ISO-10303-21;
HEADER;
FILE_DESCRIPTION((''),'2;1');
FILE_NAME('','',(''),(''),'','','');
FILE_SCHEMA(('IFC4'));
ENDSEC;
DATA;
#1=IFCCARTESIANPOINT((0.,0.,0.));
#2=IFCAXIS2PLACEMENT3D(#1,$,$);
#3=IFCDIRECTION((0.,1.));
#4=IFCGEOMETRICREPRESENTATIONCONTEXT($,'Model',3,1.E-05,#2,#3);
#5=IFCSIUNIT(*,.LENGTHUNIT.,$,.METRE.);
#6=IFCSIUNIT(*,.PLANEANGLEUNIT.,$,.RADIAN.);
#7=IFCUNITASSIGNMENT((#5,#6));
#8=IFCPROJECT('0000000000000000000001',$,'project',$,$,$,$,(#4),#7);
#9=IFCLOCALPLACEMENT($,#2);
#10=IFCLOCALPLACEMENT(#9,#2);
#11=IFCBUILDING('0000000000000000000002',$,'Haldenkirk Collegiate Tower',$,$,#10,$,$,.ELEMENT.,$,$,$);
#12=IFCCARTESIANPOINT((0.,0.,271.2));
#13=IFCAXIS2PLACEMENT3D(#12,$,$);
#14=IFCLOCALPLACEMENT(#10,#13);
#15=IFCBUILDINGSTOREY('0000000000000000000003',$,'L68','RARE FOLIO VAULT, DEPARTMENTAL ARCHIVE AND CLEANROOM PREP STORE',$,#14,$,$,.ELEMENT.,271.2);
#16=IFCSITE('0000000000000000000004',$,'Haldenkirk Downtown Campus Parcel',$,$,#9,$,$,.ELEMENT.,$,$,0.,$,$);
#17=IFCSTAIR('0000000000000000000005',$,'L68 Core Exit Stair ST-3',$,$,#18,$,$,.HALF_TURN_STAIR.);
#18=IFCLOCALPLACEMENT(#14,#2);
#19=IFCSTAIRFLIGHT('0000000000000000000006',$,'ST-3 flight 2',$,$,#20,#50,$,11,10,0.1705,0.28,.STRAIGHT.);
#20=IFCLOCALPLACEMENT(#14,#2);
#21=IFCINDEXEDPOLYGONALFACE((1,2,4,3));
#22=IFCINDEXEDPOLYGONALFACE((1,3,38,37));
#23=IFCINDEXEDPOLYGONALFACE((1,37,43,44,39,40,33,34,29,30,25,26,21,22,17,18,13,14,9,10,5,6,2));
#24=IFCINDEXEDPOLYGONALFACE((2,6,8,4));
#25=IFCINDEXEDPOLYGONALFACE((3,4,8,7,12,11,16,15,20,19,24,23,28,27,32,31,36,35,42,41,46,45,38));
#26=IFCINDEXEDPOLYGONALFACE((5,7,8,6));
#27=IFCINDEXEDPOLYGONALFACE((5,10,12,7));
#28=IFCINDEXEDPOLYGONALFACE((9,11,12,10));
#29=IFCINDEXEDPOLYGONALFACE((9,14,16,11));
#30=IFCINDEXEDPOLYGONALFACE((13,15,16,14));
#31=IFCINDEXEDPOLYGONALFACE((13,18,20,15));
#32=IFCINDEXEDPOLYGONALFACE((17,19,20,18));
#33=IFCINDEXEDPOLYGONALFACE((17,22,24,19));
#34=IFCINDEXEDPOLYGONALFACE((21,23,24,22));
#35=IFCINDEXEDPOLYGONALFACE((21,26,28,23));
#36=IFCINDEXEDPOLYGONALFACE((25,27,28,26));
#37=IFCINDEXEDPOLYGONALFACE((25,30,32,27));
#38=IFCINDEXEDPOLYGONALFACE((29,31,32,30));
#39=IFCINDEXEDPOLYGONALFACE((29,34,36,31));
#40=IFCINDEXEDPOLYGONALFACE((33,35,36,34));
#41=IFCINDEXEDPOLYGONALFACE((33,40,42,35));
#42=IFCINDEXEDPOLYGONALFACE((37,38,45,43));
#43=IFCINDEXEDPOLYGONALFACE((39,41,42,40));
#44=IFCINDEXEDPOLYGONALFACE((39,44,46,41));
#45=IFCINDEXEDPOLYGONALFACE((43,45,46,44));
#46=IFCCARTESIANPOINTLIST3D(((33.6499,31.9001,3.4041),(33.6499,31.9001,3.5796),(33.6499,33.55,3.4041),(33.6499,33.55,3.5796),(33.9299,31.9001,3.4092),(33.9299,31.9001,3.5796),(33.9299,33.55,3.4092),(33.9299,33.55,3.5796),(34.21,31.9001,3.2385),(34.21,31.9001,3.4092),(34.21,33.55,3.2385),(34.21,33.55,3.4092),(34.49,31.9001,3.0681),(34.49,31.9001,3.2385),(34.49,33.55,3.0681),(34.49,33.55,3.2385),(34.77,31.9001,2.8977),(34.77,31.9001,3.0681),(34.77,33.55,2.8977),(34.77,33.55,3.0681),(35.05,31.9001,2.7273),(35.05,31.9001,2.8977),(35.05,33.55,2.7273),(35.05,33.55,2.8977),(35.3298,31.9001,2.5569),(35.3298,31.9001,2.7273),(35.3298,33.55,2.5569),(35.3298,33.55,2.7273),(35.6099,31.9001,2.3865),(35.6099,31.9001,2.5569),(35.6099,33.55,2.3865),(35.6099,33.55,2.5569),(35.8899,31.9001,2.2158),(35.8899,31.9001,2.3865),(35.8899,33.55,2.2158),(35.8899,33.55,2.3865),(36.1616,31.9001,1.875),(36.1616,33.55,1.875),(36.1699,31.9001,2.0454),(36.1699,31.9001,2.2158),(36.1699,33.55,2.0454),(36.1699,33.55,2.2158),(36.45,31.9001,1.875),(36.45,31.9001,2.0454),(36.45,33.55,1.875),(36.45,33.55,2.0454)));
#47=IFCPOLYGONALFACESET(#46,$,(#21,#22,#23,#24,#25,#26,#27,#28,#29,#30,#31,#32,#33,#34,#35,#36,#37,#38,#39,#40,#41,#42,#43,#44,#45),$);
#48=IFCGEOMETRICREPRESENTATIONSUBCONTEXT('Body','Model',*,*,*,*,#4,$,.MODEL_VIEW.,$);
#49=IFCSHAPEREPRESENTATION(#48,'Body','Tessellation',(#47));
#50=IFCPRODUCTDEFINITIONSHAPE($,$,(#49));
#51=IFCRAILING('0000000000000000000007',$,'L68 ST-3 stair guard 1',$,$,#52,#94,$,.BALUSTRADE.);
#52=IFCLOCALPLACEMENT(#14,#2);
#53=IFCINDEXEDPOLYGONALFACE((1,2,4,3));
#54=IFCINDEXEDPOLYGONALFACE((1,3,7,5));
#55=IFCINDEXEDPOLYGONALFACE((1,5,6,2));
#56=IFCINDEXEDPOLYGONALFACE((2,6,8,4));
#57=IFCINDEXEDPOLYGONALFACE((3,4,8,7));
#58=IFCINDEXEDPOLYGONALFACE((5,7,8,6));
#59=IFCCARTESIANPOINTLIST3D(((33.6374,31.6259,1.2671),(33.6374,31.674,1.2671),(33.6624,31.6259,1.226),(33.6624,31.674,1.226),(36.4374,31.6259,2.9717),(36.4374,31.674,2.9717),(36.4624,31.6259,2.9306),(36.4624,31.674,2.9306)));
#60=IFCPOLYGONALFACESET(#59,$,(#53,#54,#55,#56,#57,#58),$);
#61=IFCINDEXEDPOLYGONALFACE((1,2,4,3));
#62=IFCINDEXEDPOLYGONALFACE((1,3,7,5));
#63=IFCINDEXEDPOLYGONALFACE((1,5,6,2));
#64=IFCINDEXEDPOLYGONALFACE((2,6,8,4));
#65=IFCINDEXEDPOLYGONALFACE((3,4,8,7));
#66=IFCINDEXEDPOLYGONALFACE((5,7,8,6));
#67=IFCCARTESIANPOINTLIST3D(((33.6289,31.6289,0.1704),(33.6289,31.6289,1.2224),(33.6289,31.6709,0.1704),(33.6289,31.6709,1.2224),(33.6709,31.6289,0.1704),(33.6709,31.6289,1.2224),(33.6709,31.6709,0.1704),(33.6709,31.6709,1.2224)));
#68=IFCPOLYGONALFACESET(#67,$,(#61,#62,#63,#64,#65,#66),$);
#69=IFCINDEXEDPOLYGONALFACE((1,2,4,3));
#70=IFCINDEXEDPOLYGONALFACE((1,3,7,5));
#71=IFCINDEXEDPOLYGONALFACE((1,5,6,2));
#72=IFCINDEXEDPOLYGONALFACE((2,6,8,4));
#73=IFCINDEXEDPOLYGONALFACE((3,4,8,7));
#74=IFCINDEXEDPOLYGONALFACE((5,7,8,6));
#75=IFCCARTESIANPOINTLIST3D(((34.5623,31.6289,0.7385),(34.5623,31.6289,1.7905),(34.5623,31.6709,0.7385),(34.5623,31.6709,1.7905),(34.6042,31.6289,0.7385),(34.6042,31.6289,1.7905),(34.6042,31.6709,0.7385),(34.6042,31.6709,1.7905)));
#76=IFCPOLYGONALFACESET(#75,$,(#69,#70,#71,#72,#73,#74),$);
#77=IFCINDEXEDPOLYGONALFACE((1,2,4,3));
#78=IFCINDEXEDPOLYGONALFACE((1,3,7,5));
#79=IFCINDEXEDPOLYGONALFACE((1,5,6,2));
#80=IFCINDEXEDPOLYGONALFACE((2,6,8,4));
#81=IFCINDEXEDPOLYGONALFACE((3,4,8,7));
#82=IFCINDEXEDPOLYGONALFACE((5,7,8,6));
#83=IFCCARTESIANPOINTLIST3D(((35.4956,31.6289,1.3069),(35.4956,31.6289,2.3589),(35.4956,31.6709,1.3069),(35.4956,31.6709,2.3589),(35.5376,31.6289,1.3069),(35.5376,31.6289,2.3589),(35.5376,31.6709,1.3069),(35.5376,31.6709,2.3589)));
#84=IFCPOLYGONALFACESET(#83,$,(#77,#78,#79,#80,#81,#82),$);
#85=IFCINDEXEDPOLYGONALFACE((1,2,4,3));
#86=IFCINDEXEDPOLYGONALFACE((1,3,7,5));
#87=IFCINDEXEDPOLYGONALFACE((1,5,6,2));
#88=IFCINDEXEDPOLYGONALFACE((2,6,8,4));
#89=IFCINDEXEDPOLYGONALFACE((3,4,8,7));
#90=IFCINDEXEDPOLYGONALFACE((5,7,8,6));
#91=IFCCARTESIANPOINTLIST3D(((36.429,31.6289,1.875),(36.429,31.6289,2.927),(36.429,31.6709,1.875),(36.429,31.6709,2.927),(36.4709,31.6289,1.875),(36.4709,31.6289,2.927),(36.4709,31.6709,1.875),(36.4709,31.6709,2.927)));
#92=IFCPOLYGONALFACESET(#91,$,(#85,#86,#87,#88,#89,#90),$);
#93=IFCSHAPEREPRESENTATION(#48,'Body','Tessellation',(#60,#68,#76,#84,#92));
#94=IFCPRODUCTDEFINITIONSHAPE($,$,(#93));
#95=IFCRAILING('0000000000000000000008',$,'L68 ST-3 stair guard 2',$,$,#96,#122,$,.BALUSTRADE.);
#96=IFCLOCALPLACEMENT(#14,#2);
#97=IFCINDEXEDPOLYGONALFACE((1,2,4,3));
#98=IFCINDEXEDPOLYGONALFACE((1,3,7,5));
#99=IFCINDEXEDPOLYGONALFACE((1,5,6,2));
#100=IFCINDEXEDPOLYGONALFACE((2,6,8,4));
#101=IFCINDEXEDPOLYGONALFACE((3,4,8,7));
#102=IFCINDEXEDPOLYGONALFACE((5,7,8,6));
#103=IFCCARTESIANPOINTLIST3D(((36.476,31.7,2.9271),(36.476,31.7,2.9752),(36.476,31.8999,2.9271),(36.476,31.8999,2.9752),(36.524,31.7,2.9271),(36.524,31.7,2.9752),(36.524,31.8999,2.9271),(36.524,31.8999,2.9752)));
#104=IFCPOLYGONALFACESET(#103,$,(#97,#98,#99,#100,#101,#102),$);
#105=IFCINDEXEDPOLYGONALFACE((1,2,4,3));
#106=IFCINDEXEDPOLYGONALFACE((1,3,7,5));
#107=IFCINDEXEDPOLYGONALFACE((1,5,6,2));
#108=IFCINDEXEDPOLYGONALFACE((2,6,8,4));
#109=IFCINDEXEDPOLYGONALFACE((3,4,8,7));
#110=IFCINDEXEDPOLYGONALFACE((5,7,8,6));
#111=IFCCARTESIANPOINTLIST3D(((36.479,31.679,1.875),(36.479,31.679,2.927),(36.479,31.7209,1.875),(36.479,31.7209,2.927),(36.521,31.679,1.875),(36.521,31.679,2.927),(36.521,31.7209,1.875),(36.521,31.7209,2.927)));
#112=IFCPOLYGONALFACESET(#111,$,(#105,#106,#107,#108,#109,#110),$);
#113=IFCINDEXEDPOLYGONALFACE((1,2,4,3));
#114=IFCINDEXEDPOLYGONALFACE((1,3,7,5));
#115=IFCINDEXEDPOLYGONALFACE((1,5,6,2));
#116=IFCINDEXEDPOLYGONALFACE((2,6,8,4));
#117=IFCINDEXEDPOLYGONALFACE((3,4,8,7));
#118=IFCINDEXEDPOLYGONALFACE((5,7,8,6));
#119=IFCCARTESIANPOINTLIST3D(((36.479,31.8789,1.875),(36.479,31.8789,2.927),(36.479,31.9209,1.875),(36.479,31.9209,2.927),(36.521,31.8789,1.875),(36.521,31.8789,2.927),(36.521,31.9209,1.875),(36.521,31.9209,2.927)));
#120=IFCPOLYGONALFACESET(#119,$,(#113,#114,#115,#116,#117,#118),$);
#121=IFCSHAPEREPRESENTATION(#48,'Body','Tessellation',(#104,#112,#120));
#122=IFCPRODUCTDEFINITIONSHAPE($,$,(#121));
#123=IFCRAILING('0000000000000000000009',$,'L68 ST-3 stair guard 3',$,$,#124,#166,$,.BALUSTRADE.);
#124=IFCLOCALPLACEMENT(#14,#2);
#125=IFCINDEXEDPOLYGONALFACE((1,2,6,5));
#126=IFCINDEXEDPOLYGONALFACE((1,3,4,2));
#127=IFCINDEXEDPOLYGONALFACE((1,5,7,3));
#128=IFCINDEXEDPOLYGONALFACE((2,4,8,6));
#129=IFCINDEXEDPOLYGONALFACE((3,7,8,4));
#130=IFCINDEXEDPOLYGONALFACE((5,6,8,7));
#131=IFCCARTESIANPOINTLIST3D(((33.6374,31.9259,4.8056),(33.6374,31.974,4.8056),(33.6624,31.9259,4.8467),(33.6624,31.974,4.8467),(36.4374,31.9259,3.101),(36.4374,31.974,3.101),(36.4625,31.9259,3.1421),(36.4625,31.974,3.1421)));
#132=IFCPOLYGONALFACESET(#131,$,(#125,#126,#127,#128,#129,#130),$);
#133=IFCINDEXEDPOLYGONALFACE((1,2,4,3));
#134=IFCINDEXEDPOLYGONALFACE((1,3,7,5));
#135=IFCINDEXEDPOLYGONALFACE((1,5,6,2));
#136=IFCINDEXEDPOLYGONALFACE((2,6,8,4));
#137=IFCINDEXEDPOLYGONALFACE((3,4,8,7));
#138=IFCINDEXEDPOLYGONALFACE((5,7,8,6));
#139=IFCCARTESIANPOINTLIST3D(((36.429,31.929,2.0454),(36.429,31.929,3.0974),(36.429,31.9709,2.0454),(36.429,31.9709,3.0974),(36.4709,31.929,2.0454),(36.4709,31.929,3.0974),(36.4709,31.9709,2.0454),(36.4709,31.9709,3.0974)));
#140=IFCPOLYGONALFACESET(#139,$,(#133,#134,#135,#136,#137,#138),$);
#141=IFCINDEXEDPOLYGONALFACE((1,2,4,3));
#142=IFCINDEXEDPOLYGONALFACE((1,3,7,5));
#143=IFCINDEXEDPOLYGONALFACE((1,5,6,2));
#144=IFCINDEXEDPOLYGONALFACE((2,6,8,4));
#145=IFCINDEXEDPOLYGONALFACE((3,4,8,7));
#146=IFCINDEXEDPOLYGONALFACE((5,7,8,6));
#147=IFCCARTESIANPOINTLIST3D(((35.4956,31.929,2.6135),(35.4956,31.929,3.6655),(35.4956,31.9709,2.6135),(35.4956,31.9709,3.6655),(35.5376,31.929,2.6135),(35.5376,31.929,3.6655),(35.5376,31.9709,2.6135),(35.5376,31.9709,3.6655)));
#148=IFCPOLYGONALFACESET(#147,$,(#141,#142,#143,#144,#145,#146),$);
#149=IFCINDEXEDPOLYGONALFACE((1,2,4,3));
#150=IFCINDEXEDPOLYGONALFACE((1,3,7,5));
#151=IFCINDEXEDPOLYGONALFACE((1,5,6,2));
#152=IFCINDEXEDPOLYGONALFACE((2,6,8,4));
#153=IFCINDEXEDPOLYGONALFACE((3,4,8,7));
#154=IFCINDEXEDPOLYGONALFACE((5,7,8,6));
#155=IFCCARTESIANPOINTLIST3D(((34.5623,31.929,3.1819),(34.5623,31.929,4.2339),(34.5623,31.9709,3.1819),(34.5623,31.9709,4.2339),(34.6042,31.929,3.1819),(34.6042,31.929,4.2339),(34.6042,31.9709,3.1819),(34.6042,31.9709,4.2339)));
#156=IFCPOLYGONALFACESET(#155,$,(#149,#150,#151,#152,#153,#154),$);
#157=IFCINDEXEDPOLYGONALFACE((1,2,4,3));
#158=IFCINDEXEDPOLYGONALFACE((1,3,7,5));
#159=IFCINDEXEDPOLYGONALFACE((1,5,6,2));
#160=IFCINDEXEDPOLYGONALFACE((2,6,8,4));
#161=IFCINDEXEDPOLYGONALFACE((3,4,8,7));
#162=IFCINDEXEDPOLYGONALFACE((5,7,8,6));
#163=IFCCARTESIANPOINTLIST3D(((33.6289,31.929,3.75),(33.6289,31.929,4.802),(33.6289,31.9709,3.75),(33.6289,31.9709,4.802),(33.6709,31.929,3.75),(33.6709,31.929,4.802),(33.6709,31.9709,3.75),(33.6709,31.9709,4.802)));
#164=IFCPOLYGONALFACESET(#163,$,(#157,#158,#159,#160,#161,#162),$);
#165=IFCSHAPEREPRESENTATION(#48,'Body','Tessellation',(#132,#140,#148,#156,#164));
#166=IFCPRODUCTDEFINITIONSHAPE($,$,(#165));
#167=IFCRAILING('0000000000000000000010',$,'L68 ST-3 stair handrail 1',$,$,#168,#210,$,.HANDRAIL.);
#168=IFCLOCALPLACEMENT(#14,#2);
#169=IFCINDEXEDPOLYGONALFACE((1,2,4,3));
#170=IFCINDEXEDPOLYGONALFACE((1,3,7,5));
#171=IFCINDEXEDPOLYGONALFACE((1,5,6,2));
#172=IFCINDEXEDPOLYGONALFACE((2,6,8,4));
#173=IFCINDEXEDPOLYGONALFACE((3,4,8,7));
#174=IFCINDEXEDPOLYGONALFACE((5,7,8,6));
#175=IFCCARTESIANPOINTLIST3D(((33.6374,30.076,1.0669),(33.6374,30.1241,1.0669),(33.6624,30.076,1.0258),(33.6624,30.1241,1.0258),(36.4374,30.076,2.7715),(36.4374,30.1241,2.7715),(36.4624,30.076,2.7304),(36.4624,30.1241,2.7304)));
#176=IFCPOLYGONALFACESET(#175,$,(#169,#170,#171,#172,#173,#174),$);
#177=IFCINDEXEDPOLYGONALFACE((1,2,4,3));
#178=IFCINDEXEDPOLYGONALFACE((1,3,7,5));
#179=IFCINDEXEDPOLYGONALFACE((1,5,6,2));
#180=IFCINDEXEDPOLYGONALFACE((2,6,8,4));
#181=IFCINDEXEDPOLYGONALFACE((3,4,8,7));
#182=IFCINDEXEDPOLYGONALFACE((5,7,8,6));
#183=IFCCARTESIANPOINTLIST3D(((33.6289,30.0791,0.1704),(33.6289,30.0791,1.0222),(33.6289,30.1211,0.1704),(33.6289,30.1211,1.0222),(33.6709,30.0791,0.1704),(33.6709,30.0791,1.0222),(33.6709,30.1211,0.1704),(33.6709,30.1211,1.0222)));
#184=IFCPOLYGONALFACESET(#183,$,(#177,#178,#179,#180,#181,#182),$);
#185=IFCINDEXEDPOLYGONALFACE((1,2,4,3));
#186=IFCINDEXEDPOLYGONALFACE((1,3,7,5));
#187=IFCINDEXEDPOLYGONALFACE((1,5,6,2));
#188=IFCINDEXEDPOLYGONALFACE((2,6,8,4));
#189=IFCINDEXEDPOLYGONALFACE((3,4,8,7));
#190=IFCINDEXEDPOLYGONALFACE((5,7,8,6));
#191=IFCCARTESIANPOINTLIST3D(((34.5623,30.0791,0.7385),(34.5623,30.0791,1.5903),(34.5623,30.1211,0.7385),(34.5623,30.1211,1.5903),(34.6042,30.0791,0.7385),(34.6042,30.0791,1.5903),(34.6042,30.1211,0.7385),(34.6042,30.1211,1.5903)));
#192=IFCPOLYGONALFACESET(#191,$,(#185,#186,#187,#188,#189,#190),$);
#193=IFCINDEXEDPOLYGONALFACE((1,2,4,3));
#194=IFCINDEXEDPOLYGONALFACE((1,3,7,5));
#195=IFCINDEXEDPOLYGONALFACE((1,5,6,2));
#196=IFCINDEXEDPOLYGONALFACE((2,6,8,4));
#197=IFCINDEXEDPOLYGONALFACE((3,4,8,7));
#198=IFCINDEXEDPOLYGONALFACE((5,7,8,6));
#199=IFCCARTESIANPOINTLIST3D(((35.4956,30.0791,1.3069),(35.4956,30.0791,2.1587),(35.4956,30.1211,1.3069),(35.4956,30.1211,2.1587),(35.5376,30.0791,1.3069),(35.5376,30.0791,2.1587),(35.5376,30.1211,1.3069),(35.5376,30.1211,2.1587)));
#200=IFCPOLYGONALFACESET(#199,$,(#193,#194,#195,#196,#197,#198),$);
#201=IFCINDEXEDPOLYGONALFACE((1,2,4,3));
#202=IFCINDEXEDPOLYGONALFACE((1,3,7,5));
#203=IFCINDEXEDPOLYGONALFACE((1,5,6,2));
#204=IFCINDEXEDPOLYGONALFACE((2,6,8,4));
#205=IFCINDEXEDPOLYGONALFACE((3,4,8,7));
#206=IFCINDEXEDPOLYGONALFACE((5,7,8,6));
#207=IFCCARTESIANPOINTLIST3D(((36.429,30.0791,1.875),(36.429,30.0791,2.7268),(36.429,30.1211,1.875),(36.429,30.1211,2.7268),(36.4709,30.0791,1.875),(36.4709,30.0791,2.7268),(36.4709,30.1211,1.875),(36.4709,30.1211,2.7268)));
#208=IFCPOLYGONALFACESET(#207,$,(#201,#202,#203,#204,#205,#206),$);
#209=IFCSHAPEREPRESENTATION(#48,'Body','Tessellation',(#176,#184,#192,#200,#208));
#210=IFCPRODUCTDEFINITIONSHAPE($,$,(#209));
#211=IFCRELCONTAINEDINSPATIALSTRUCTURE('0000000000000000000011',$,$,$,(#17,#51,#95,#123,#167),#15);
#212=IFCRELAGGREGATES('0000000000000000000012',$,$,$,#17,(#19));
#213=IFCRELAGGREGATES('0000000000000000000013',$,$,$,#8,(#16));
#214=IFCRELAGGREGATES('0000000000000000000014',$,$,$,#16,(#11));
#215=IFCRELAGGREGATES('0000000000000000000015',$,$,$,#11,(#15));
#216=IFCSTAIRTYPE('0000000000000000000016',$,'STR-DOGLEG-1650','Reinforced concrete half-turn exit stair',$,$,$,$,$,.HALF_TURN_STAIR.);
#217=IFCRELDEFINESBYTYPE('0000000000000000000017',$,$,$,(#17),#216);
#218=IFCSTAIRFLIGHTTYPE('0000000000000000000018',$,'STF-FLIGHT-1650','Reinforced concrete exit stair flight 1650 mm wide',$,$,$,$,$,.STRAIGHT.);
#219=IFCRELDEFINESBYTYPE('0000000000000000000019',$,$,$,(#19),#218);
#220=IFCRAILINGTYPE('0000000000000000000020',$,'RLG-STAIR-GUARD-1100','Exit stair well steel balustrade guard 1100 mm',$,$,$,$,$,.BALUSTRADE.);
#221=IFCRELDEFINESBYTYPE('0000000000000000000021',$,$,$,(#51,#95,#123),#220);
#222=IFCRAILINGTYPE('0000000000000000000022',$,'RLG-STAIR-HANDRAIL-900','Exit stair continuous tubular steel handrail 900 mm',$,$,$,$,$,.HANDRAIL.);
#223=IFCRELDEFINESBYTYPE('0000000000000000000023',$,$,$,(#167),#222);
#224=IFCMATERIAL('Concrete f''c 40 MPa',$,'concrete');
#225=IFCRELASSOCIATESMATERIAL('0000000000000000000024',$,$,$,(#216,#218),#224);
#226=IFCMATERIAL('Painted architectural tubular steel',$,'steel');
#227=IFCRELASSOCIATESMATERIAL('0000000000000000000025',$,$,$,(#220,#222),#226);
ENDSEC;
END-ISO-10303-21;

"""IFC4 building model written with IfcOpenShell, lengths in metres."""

from ifc_helpers import new_model, si_unit, direction, frame, origin, origin_2d, place, context, subcontext, project, spatial, polyline, rectangle, outline, extrude, material, type_object, element, aggregate, save


model = new_model("IFC4")

# Units and contexts
model_context = context("Model", 3, precision=1e-05, world=origin(), true_north=direction((0.0, 1.0)))
body_context = subcontext(model_context, "Body", "Model", "MODEL_VIEW")
ifc_project = project(units=[si_unit("LENGTHUNIT", "METRE"), si_unit("PLANEANGLEUNIT", "RADIAN")], contexts=[model_context])

# Site, building, storey
site_placement = place(None, origin())
site = spatial("IfcSite", under=ifc_project, at=site_placement, Name="Haldenkirk Downtown Campus Parcel", CompositionType="ELEMENT", RefElevation=0.0)
building_placement = place(site_placement, origin())
building = spatial("IfcBuilding", under=site, at=building_placement, Name="Haldenkirk Collegiate Tower", CompositionType="ELEMENT")
storey_placement = place(building_placement, frame((0.0, 0.0, 271.2)))
storey = spatial("IfcBuildingStorey", under=building, at=storey_placement, Name="L68", Description="RARE FOLIO VAULT, DEPARTMENTAL ARCHIVE AND CLEANROOM PREP STORE", CompositionType="ELEMENT", Elevation=271.2)

# Stair, stair flight
ifc_material_1 = material(Name="Concrete f'c 40 MPa", Category="concrete")
stair_type = type_object("IfcStairType", Name="STR-DOGLEG-1650", Description="Reinforced concrete half-turn exit stair", PredefinedType="HALF_TURN_STAIR", material=ifc_material_1)
stair_placement = place(storey_placement, origin())
stair = element("IfcStair", 1, at=stair_placement, inside=storey, type_object=stair_type, Name="L68 Core Exit Stair ST-3", PredefinedType="HALF_TURN_STAIR")
stair_flight_type = type_object("IfcStairFlightType", Name="STF-FLIGHT-1650", Description="Reinforced concrete exit stair flight 1650 mm wide", PredefinedType="STRAIGHT", material=ifc_material_1)
stair_flight_1_placement = place(storey_placement, frame((36.45, 32.7251, 1.875), z_axis=(0.0, 0.0, 1.0), x_axis=(-1.0, 0.0, 0.0)))
stair_flight_1 = element("IfcStairFlight", 2, at=stair_flight_1_placement, type_object=stair_flight_type, Name="ST-3 flight 2", NumberOfRisers=11, NumberOfTreads=10, PredefinedType="STRAIGHT", RiserHeight=0.1705, TreadLength=0.28, context=body_context, shape_type="SweptSolid", body=[
    extrude(outline(polyline([(0.0, 0.0), (0.0, 0.1704), (0.28, 0.1704), (0.28, 0.3408), (0.5601, 0.3408), (0.5601, 0.5115), (0.8401, 0.5115), (0.8401, 0.6819), (1.1201, 0.6819), (1.1201, 0.8523), (1.3999, 0.8523), (1.3999, 1.0227), (1.6799, 1.0227), (1.6799, 1.1931), (1.96, 1.1931), (1.96, 1.3635), (2.24, 1.3635), (2.24, 1.5342), (2.52, 1.5342), (2.52, 1.7046), (2.8, 1.7046), (2.8, 1.875), (2.8, 1.5291), (0.2883, 0.0), (0.0, 0.0)])), frame((0.0, 0.825, 0.0), z_axis=(0.0, -1.0, 0.0), x_axis=(1.0, 0.0, 0.0)), (0.0, 0.0, 1.0), 1.6499),
])
aggregate(stair, [stair_flight_1])

# Railings
ifc_material_2 = material(Name="Painted architectural tubular steel", Category="steel")
railing_type_1 = type_object("IfcRailingType", Name="RLG-STAIR-GUARD-1100", Description="Exit stair well steel balustrade guard 1100 mm", PredefinedType="BALUSTRADE", material=ifc_material_2)
railing_1_placement = place(storey_placement, frame((33.6499, 31.6499, 0.1704)))
element("IfcRailing", 3, at=railing_1_placement, inside=storey, type_object=railing_type_1, Name="L68 ST-3 stair guard 1", PredefinedType="BALUSTRADE", context=body_context, shape_type="SweptSolid", body=[
    extrude(rectangle(XDim=0.0481, YDim=0.0481, at=origin_2d()), frame((0.0, 0.0, 1.0762), z_axis=(0.85417, 0.0, 0.519994), x_axis=(0.0, 1.0, 0.0)), (0.0, 0.0, 1.0), 3.2781),
    extrude(rectangle(XDim=0.042, YDim=0.042, at=origin_2d()), origin(), (0.0, 0.0, 1.0), 1.052),
    extrude(rectangle(XDim=0.042, YDim=0.042, at=origin_2d()), frame((0.9333, 0.0, 0.5681)), (0.0, 0.0, 1.0), 1.052),
    extrude(rectangle(XDim=0.042, YDim=0.042, at=origin_2d()), frame((1.8667, 0.0, 1.1365)), (0.0, 0.0, 1.0), 1.052),
    extrude(rectangle(XDim=0.042, YDim=0.042, at=origin_2d()), frame((2.8, 0.0, 1.7046)), (0.0, 0.0, 1.0), 1.052),
])
railing_2_placement = place(storey_placement, frame((36.5, 31.7, 1.875)))
element("IfcRailing", 4, at=railing_2_placement, inside=storey, type_object=railing_type_1, Name="L68 ST-3 stair guard 2", PredefinedType="BALUSTRADE", context=body_context, shape_type="SweptSolid", body=[
    extrude(rectangle(XDim=0.0481, YDim=0.0481, at=origin_2d()), frame((0.0, 0.0, 1.0762), z_axis=(0.0, 1.0, 0.0), x_axis=(-1.0, 0.0, 0.0)), (0.0, 0.0, 1.0), 0.2),
    extrude(rectangle(XDim=0.042, YDim=0.042, at=origin_2d()), origin(), (0.0, 0.0, 1.0), 1.052),
    extrude(rectangle(XDim=0.042, YDim=0.042, at=origin_2d()), frame((0.0, 0.2, 0.0)), (0.0, 0.0, 1.0), 1.052),
])
railing_3_placement = place(storey_placement, frame((36.45, 31.95, 2.0454)))
element("IfcRailing", 5, at=railing_3_placement, inside=storey, type_object=railing_type_1, Name="L68 ST-3 stair guard 3", PredefinedType="BALUSTRADE", context=body_context, shape_type="SweptSolid", body=[
    extrude(rectangle(XDim=0.0481, YDim=0.0481, at=origin_2d()), frame((0.0, 0.0, 1.0762), z_axis=(-0.85417, 0.0, 0.519994), x_axis=(0.0, -1.0, 0.0)), (0.0, 0.0, 1.0), 3.2781),
    extrude(rectangle(XDim=0.042, YDim=0.042, at=origin_2d()), origin(), (0.0, 0.0, 1.0), 1.052),
    extrude(rectangle(XDim=0.042, YDim=0.042, at=origin_2d()), frame((-0.9333, 0.0, 0.5681)), (0.0, 0.0, 1.0), 1.052),
    extrude(rectangle(XDim=0.042, YDim=0.042, at=origin_2d()), frame((-1.8667, 0.0, 1.1365)), (0.0, 0.0, 1.0), 1.052),
    extrude(rectangle(XDim=0.042, YDim=0.042, at=origin_2d()), frame((-2.8, 0.0, 1.7046)), (0.0, 0.0, 1.0), 1.052),
])
railing_type_2 = type_object("IfcRailingType", Name="RLG-STAIR-HANDRAIL-900", Description="Exit stair continuous tubular steel handrail 900 mm", PredefinedType="HANDRAIL", material=ifc_material_2)
railing_4_placement = place(storey_placement, frame((33.6499, 30.1001, 0.1704)))
element("IfcRailing", 6, at=railing_4_placement, inside=storey, type_object=railing_type_2, Name="L68 ST-3 stair handrail 1", PredefinedType="HANDRAIL", context=body_context, shape_type="SweptSolid", body=[
    extrude(rectangle(XDim=0.0481, YDim=0.0481, at=origin_2d()), frame((0.0, 0.0, 0.876), z_axis=(0.85417, 0.0, 0.519994), x_axis=(0.0, 1.0, 0.0)), (0.0, 0.0, 1.0), 3.2781),
    extrude(rectangle(XDim=0.042, YDim=0.042, at=origin_2d()), origin(), (0.0, 0.0, 1.0), 0.8518),
    extrude(rectangle(XDim=0.042, YDim=0.042, at=origin_2d()), frame((0.9333, 0.0, 0.5681)), (0.0, 0.0, 1.0), 0.8518),
    extrude(rectangle(XDim=0.042, YDim=0.042, at=origin_2d()), frame((1.8667, 0.0, 1.1365)), (0.0, 0.0, 1.0), 0.8518),
    extrude(rectangle(XDim=0.042, YDim=0.042, at=origin_2d()), frame((2.8, 0.0, 1.7046)), (0.0, 0.0, 1.0), 0.8518),
])

save(model, "model.ifc")
